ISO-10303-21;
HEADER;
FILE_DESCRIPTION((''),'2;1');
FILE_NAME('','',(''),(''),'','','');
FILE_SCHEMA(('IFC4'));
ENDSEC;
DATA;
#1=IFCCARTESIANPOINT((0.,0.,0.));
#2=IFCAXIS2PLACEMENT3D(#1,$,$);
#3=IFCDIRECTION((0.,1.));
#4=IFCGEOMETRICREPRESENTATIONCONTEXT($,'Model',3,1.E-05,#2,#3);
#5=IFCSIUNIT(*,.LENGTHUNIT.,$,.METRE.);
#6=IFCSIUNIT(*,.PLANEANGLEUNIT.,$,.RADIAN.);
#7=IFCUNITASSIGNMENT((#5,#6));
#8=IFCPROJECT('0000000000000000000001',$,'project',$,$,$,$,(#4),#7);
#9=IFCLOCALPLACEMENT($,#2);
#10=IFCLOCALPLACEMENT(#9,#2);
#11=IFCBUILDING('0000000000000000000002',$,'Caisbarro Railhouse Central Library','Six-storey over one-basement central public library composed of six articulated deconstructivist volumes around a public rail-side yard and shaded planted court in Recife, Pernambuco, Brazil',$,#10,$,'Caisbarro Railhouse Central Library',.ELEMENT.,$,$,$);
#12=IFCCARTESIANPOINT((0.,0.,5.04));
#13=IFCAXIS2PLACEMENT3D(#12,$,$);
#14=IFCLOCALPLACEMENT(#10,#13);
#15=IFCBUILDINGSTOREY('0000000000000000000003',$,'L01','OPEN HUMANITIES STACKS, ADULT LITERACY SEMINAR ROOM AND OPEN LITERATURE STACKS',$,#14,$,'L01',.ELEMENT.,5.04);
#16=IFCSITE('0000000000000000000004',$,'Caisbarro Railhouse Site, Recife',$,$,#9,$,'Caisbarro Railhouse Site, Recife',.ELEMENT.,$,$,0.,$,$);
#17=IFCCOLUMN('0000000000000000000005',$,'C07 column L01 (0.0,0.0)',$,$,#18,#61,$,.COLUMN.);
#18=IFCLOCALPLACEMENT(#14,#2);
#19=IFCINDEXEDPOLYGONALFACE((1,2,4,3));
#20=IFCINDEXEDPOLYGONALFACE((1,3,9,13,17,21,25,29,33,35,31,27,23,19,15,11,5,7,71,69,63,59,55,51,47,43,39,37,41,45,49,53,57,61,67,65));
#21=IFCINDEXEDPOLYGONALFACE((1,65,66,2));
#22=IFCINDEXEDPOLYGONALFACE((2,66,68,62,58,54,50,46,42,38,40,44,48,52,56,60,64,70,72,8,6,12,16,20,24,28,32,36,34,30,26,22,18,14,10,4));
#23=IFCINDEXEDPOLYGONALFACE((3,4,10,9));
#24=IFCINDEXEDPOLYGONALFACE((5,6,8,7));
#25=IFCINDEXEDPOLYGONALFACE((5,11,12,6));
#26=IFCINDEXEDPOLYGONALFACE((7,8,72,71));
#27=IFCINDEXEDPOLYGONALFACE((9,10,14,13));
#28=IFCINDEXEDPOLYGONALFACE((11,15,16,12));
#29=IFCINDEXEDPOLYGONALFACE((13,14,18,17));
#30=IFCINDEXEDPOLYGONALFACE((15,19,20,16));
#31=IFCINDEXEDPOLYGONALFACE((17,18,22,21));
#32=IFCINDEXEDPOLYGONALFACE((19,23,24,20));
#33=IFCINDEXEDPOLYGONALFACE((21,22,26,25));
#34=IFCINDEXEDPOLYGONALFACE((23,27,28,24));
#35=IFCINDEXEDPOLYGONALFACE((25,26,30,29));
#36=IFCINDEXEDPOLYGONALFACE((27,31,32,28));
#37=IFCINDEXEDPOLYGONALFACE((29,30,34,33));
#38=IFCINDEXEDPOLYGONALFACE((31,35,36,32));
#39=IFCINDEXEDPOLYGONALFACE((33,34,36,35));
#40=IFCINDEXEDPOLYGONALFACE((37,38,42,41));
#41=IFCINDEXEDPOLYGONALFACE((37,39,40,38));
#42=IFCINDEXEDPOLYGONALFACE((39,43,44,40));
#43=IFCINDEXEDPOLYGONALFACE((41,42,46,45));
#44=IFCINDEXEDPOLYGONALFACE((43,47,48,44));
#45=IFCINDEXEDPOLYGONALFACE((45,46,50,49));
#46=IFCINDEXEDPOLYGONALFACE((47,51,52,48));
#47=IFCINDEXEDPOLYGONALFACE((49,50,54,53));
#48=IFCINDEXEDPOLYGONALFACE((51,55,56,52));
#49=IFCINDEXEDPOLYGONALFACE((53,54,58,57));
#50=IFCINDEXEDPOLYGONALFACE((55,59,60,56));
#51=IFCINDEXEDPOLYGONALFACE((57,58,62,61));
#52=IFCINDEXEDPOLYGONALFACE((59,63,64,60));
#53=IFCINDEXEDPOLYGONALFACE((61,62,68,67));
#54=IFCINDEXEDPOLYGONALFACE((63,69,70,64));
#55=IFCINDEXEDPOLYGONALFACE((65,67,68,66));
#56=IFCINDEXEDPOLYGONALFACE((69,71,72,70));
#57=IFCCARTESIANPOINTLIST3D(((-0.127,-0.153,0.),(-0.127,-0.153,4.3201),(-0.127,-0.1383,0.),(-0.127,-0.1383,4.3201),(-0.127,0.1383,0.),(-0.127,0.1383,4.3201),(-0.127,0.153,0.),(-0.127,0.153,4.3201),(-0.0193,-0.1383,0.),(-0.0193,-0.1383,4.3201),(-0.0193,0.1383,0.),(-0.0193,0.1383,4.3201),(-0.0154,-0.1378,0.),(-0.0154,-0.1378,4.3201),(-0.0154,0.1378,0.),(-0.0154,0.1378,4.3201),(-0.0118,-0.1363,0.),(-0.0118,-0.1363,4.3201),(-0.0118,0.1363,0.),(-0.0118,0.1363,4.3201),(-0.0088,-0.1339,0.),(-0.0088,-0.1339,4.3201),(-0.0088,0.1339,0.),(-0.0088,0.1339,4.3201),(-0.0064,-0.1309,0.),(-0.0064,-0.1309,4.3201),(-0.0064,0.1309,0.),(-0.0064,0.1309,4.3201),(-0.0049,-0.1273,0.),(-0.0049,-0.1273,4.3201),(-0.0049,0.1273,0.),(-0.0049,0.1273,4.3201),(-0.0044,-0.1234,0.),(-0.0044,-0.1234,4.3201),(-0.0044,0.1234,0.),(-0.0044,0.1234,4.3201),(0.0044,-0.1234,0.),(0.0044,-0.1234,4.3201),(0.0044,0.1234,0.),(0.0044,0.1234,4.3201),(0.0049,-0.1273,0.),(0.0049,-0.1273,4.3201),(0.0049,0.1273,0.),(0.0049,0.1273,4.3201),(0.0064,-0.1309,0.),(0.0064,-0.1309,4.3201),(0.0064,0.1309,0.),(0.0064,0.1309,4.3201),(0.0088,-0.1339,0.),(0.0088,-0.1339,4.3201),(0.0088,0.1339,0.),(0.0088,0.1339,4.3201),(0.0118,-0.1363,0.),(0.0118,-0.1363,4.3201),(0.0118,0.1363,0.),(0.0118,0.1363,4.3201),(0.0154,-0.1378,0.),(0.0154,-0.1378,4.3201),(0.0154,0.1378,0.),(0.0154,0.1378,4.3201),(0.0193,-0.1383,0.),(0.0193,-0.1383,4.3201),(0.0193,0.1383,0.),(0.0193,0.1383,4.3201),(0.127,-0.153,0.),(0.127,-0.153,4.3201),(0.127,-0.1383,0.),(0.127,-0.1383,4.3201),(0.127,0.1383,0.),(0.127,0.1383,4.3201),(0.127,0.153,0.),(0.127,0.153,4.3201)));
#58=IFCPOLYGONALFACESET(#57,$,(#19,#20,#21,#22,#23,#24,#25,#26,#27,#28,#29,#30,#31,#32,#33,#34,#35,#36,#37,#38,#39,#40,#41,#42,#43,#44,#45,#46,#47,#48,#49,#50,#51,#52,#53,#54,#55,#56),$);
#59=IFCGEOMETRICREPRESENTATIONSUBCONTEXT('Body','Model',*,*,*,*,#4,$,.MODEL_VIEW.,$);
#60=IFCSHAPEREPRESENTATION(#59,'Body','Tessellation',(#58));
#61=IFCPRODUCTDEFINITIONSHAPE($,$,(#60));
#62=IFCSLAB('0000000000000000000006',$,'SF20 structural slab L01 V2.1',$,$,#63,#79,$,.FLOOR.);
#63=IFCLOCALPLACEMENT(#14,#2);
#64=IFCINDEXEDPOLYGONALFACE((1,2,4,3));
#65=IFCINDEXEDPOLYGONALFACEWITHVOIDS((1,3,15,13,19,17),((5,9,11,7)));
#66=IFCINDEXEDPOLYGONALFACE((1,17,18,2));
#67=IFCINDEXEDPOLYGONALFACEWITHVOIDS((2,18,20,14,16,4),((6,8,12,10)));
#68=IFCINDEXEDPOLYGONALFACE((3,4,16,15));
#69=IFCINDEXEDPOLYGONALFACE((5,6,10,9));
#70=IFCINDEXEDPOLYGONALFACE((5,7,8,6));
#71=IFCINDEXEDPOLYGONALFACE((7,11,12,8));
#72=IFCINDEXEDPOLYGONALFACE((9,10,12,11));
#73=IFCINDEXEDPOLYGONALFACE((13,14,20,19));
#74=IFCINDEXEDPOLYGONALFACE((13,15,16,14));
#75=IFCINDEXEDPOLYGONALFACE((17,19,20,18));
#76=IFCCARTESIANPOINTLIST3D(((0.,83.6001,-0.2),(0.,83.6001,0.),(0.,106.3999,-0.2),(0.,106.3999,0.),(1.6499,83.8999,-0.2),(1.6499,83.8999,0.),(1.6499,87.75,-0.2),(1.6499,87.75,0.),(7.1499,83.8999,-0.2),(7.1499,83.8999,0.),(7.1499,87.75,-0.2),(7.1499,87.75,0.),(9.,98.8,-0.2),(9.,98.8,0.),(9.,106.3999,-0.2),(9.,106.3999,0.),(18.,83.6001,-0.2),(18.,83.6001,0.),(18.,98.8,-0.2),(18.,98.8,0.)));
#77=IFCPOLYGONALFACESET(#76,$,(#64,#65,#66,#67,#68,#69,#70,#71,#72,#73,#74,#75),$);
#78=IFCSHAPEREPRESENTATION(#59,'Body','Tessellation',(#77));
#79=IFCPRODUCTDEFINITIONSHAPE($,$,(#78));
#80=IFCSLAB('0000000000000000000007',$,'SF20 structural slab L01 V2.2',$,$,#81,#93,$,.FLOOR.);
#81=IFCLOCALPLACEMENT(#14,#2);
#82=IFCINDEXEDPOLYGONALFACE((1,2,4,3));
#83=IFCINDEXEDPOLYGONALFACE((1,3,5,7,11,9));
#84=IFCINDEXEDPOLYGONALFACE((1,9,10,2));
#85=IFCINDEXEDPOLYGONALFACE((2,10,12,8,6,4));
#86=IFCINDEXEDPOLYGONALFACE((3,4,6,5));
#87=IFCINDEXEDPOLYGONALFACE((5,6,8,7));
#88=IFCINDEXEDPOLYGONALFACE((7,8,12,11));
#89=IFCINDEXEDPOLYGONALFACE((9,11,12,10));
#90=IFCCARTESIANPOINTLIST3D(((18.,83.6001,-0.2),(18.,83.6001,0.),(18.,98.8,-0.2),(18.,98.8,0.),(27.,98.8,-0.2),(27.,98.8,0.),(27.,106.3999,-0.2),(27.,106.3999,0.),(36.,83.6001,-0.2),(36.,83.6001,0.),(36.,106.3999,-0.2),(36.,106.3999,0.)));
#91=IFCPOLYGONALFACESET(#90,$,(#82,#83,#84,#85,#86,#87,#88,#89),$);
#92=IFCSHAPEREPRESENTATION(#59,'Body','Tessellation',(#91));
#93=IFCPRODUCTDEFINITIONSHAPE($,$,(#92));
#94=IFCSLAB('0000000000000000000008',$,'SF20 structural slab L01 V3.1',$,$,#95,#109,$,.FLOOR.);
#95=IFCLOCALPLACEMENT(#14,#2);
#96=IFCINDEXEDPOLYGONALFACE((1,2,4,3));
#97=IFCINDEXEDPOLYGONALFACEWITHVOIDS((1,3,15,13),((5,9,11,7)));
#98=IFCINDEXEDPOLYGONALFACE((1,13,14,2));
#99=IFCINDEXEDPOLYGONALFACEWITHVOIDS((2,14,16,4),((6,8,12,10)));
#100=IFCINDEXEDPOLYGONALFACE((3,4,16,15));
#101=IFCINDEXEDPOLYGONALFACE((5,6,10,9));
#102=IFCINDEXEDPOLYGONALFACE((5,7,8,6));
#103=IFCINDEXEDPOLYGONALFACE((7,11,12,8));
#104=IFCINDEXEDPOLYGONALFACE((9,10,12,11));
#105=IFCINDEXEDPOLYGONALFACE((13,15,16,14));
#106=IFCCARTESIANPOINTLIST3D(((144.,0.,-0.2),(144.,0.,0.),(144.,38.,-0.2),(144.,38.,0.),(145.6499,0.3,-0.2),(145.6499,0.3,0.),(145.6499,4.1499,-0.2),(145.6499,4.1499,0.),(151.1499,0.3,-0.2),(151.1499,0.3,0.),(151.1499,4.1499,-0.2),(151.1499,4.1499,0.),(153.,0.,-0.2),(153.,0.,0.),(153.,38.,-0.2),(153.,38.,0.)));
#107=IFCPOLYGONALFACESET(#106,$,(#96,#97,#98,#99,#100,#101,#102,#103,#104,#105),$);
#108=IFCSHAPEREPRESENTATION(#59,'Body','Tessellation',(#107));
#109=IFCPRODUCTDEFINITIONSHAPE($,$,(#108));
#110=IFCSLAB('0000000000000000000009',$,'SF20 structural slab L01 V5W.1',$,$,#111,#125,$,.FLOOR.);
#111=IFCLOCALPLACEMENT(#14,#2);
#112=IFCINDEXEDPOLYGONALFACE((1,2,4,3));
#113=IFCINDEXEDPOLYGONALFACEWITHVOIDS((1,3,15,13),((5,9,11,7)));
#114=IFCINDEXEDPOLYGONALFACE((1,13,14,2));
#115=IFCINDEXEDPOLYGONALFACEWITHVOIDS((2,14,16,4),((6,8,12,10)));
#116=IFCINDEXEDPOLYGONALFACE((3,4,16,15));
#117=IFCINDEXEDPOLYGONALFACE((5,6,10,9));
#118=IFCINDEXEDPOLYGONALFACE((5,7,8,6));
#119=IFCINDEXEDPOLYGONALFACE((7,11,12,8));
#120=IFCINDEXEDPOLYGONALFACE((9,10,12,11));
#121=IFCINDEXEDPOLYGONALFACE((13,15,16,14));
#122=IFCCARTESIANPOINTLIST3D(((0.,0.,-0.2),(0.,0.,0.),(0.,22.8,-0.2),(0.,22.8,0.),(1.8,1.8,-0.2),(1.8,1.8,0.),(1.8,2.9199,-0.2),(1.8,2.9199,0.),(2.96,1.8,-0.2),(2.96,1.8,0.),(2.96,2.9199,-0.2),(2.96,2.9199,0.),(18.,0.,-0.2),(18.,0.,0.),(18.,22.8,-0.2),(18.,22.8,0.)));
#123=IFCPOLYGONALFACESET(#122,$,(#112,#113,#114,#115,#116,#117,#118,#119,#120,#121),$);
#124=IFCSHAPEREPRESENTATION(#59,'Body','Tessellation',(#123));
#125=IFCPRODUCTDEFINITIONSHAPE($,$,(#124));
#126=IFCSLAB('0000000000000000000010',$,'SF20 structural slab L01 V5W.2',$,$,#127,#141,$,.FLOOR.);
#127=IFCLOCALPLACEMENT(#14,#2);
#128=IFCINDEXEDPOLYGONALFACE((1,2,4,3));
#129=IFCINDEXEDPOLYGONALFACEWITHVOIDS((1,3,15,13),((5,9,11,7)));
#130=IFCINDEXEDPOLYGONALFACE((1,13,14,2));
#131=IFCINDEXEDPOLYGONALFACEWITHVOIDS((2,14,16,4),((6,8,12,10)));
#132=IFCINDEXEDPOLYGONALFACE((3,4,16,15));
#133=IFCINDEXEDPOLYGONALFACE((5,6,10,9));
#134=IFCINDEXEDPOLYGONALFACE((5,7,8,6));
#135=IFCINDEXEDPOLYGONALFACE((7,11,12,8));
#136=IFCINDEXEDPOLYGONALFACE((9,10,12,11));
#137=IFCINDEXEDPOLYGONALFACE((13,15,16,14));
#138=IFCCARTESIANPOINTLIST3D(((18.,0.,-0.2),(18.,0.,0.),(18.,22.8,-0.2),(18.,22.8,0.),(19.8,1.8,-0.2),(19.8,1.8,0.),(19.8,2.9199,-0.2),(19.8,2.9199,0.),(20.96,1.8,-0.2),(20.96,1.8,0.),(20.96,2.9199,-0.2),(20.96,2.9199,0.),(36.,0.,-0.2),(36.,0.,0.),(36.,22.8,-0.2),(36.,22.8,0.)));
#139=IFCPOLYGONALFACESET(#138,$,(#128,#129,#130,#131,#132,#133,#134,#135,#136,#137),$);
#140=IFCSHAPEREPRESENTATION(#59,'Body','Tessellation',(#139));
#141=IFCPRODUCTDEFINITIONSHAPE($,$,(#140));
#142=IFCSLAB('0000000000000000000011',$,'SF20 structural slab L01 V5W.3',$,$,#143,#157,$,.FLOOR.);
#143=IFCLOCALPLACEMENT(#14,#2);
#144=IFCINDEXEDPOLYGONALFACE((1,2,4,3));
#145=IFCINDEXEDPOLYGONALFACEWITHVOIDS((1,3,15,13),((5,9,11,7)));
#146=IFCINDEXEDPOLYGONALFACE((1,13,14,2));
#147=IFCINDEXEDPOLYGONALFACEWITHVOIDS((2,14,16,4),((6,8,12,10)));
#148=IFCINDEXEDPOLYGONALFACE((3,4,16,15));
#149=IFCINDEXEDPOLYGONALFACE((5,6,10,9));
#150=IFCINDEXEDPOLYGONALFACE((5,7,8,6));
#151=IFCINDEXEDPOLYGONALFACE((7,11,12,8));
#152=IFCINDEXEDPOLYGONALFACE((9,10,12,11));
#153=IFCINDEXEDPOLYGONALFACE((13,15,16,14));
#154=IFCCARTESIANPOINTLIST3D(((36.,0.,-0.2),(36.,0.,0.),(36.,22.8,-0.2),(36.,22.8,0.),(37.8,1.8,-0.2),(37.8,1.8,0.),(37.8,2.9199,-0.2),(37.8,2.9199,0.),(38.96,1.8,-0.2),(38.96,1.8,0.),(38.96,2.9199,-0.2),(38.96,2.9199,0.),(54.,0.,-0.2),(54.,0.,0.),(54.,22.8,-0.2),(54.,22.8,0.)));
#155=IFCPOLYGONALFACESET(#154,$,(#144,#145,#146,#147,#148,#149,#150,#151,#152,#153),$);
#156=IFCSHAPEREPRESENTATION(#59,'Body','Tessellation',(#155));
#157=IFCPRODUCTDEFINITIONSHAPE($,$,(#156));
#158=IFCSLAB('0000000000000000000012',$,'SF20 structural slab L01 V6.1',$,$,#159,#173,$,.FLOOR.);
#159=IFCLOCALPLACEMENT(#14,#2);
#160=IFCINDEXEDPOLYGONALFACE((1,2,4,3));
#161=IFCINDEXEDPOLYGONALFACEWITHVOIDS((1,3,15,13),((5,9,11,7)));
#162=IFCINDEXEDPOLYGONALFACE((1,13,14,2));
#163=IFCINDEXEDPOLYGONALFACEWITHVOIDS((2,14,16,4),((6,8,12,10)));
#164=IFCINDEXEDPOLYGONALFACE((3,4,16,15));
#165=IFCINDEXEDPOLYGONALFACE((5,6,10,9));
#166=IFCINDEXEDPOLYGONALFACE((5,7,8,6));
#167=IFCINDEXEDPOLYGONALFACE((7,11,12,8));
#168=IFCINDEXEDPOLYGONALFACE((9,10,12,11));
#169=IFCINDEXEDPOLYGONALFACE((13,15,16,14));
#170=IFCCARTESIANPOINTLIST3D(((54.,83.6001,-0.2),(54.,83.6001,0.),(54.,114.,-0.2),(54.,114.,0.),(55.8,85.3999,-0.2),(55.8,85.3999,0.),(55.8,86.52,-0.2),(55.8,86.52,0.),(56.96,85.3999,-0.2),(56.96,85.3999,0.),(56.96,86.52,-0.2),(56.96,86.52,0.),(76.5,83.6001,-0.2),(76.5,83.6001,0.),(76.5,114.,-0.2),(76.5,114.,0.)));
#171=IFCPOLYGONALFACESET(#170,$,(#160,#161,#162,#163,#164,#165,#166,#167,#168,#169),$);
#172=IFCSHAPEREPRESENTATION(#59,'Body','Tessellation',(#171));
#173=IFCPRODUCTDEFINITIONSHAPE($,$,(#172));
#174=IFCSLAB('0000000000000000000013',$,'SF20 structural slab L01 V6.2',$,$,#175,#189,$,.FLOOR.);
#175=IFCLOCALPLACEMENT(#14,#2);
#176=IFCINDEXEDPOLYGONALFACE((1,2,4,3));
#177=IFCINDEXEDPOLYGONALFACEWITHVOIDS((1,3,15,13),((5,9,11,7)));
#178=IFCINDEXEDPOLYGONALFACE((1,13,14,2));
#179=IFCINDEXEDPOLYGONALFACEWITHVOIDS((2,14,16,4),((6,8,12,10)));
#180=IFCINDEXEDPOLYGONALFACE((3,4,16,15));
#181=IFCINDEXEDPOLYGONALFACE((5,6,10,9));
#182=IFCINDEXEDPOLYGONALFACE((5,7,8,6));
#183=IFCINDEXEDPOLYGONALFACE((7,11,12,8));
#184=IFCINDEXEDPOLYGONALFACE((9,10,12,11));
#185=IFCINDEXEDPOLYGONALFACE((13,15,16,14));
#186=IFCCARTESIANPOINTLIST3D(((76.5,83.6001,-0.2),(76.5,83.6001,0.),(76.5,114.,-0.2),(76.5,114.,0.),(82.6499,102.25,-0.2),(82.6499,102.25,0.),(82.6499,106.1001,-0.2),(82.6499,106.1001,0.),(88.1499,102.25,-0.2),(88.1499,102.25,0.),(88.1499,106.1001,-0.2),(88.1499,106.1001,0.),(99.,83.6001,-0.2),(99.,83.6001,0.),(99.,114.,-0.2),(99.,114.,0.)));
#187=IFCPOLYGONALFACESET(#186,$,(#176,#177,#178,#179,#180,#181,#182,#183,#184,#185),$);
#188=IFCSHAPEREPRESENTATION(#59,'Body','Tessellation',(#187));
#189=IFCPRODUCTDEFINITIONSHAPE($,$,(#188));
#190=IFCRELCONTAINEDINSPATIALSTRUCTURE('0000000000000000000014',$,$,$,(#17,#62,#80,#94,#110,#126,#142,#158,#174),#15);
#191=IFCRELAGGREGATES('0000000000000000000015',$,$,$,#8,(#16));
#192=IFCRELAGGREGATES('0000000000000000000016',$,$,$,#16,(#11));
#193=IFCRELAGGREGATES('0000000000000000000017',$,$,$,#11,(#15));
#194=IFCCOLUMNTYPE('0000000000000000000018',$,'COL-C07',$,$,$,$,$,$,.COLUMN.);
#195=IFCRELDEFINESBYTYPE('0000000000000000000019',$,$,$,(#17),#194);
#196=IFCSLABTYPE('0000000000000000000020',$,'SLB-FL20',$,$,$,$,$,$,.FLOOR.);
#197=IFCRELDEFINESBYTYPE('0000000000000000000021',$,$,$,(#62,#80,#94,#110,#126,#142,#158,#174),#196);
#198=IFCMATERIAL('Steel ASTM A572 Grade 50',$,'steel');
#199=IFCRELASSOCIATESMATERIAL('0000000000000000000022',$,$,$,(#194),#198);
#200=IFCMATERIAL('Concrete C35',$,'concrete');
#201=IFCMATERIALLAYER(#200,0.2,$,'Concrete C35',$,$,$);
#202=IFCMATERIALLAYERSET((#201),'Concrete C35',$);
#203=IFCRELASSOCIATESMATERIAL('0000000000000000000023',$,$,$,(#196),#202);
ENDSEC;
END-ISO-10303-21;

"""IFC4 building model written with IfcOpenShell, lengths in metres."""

from ifc_helpers import new_model, si_unit, direction, frame, origin, origin_with_axes, origin_2d, place, context, subcontext, project, spatial, polyline, i_section, outline, extrude, material, layer, layer_set, material_profile, profile_set, type_object, element, save


model = new_model("IFC4")

# Units and contexts
model_context = context("Model", 3, precision=1e-05, world=origin(), true_north=direction((0.0, 1.0)))
body_context = subcontext(model_context, "Body", "Model", "MODEL_VIEW")
ifc_project = project(units=[si_unit("LENGTHUNIT", "METRE"), si_unit("PLANEANGLEUNIT", "RADIAN")], contexts=[model_context])

# Site, building, storey
site_placement = place(None, origin())
site = spatial("IfcSite", under=ifc_project, at=site_placement, Name="Caisbarro Railhouse Site, Recife", LongName="Caisbarro Railhouse Site, Recife", CompositionType="ELEMENT", RefElevation=0.0)
building_placement = place(site_placement, origin())
building = spatial("IfcBuilding", under=site, at=building_placement, Name="Caisbarro Railhouse Central Library", Description="Six-storey over one-basement central public library composed of six articulated deconstructivist volumes around a public rail-side yard and shaded planted court in Recife, Pernambuco, Brazil", LongName="Caisbarro Railhouse Central Library", CompositionType="ELEMENT")
storey_placement = place(building_placement, frame((0.0, 0.0, 5.04)))
storey = spatial("IfcBuildingStorey", under=building, at=storey_placement, Name="L01", Description="OPEN HUMANITIES STACKS, ADULT LITERACY SEMINAR ROOM AND OPEN LITERATURE STACKS", LongName="L01", CompositionType="ELEMENT", Elevation=5.04)

# Column
ifc_material_1 = material(Name="Steel ASTM A572 Grade 50", Category="steel")
ifc_material_profile = material_profile(ifc_material_1, i_section(OverallWidth=0.2539, OverallDepth=0.3059, WebThickness=0.0088, FlangeThickness=0.0146, FilletRadius=0.0149, at=origin_2d()), Name="W310X79.0")
ifc_profile_set = profile_set([ifc_material_profile], Name="Steel ASTM A572 Grade 50")
column_type = type_object("IfcColumnType", Name="COL-C07", PredefinedType="COLUMN", material=ifc_profile_set)
column_placement = place(storey_placement, origin_with_axes())
element("IfcColumn", 1, at=column_placement, inside=storey, type_object=column_type, Name="C07 column L01 (0.0,0.0)", PredefinedType="COLUMN", context=body_context, shape_type="SweptSolid", body=[
    extrude(i_section(OverallWidth=0.2539, OverallDepth=0.3059, WebThickness=0.0088, FlangeThickness=0.0146, FilletRadius=0.0149, at=origin_2d()), origin(), (0.0, 0.0, 1.0), 4.3201),
])

# Slabs
ifc_material_2 = material(Name="Concrete C35", Category="concrete")
ifc_layer_1 = layer(ifc_material_2, 0.2, Name="Concrete C35")
ifc_layer_set_1 = layer_set([ifc_layer_1], Name="Concrete C35")
slab_type_1 = type_object("IfcSlabType", Name="SLB-FL20", PredefinedType="FLOOR", material=ifc_layer_set_1)
slab_1_placement = place(storey_placement, frame((0.0, 0.0, -0.2)))
element("IfcSlab", 2, at=slab_1_placement, inside=storey, type_object=slab_type_1, Name="SF20 structural slab L01 V2.1", PredefinedType="FLOOR", context=body_context, shape_type="SweptSolid", body=[
    extrude(outline(polyline([(0.0, 83.6001), (18.0, 83.6001), (18.0, 98.8), (9.0, 98.8), (9.0, 106.3999), (0.0, 106.3999), (0.0, 83.6001)]), holes=[polyline([(1.6499, 83.8999), (7.1499, 83.8999), (7.1499, 87.75), (1.6499, 87.75), (1.6499, 83.8999)])]), origin(), (0.0, 0.0, 1.0), 0.2),
])
slab_2_placement = place(storey_placement, frame((0.0, 0.0, -0.2)))
element("IfcSlab", 3, at=slab_2_placement, inside=storey, type_object=slab_type_1, Name="SF20 structural slab L01 V2.2", PredefinedType="FLOOR", context=body_context, shape_type="SweptSolid", body=[
    extrude(outline(polyline([(18.0, 83.6001), (36.0, 83.6001), (36.0, 106.3999), (27.0, 106.3999), (27.0, 98.8), (18.0, 98.8), (18.0, 83.6001)])), origin(), (0.0, 0.0, 1.0), 0.2),
])
slab_3_placement = place(storey_placement, frame((0.0, 0.0, -0.2)))
element("IfcSlab", 4, at=slab_3_placement, inside=storey, type_object=slab_type_1, Name="SF20 structural slab L01 V3.1", PredefinedType="FLOOR", context=body_context, shape_type="SweptSolid", body=[
    extrude(outline(polyline([(144.0, 0.0), (153.0, 0.0), (153.0, 38.0), (144.0, 38.0), (144.0, 0.0)]), holes=[polyline([(145.6499, 0.3), (151.1499, 0.3), (151.1499, 4.1499), (145.6499, 4.1499), (145.6499, 0.3)])]), origin(), (0.0, 0.0, 1.0), 0.2),
])
slab_4_placement = place(storey_placement, frame((0.0, 0.0, -0.2)))
element("IfcSlab", 5, at=slab_4_placement, inside=storey, type_object=slab_type_1, Name="SF20 structural slab L01 V5W.1", PredefinedType="FLOOR", context=body_context, shape_type="SweptSolid", body=[
    extrude(outline(polyline([(0.0, 0.0), (18.0, 0.0), (18.0, 22.8), (0.0, 22.8), (0.0, 0.0)]), holes=[polyline([(1.8, 1.8), (2.96, 1.8), (2.96, 2.9199), (1.8, 2.9199), (1.8, 1.8)])]), origin(), (0.0, 0.0, 1.0), 0.2),
])
slab_5_placement = place(storey_placement, frame((0.0, 0.0, -0.2)))
element("IfcSlab", 6, at=slab_5_placement, inside=storey, type_object=slab_type_1, Name="SF20 structural slab L01 V5W.2", PredefinedType="FLOOR", context=body_context, shape_type="SweptSolid", body=[
    extrude(outline(polyline([(18.0, 0.0), (36.0, 0.0), (36.0, 22.8), (18.0, 22.8), (18.0, 0.0)]), holes=[polyline([(19.8, 1.8), (20.96, 1.8), (20.96, 2.9199), (19.8, 2.9199), (19.8, 1.8)])]), origin(), (0.0, 0.0, 1.0), 0.2),
])
slab_6_placement = place(storey_placement, frame((0.0, 0.0, -0.2)))
element("IfcSlab", 7, at=slab_6_placement, inside=storey, type_object=slab_type_1, Name="SF20 structural slab L01 V5W.3", PredefinedType="FLOOR", context=body_context, shape_type="SweptSolid", body=[
    extrude(outline(polyline([(36.0, 0.0), (54.0, 0.0), (54.0, 22.8), (36.0, 22.8), (36.0, 0.0)]), holes=[polyline([(37.8, 1.8), (38.96, 1.8), (38.96, 2.9199), (37.8, 2.9199), (37.8, 1.8)])]), origin(), (0.0, 0.0, 1.0), 0.2),
])
slab_7_placement = place(storey_placement, frame((0.0, 0.0, -0.2)))
element("IfcSlab", 8, at=slab_7_placement, inside=storey, type_object=slab_type_1, Name="SF20 structural slab L01 V6.1", PredefinedType="FLOOR", context=body_context, shape_type="SweptSolid", body=[
    extrude(outline(polyline([(54.0, 83.6001), (76.5, 83.6001), (76.5, 114.0), (54.0, 114.0), (54.0, 83.6001)]), holes=[polyline([(55.8, 85.3999), (56.96, 85.3999), (56.96, 86.52), (55.8, 86.52), (55.8, 85.3999)])]), origin(), (0.0, 0.0, 1.0), 0.2),
])
slab_8_placement = place(storey_placement, frame((0.0, 0.0, -0.2)))
element("IfcSlab", 9, at=slab_8_placement, inside=storey, type_object=slab_type_1, Name="SF20 structural slab L01 V6.2", PredefinedType="FLOOR", context=body_context, shape_type="SweptSolid", body=[
    extrude(outline(polyline([(76.5, 83.6001), (99.0, 83.6001), (99.0, 114.0), (76.5, 114.0), (76.5, 83.6001)]), holes=[polyline([(82.6499, 102.25), (88.1499, 102.25), (88.1499, 106.1001), (82.6499, 106.1001), (82.6499, 102.25)])]), origin(), (0.0, 0.0, 1.0), 0.2),
])

save(model, "model.ifc")
